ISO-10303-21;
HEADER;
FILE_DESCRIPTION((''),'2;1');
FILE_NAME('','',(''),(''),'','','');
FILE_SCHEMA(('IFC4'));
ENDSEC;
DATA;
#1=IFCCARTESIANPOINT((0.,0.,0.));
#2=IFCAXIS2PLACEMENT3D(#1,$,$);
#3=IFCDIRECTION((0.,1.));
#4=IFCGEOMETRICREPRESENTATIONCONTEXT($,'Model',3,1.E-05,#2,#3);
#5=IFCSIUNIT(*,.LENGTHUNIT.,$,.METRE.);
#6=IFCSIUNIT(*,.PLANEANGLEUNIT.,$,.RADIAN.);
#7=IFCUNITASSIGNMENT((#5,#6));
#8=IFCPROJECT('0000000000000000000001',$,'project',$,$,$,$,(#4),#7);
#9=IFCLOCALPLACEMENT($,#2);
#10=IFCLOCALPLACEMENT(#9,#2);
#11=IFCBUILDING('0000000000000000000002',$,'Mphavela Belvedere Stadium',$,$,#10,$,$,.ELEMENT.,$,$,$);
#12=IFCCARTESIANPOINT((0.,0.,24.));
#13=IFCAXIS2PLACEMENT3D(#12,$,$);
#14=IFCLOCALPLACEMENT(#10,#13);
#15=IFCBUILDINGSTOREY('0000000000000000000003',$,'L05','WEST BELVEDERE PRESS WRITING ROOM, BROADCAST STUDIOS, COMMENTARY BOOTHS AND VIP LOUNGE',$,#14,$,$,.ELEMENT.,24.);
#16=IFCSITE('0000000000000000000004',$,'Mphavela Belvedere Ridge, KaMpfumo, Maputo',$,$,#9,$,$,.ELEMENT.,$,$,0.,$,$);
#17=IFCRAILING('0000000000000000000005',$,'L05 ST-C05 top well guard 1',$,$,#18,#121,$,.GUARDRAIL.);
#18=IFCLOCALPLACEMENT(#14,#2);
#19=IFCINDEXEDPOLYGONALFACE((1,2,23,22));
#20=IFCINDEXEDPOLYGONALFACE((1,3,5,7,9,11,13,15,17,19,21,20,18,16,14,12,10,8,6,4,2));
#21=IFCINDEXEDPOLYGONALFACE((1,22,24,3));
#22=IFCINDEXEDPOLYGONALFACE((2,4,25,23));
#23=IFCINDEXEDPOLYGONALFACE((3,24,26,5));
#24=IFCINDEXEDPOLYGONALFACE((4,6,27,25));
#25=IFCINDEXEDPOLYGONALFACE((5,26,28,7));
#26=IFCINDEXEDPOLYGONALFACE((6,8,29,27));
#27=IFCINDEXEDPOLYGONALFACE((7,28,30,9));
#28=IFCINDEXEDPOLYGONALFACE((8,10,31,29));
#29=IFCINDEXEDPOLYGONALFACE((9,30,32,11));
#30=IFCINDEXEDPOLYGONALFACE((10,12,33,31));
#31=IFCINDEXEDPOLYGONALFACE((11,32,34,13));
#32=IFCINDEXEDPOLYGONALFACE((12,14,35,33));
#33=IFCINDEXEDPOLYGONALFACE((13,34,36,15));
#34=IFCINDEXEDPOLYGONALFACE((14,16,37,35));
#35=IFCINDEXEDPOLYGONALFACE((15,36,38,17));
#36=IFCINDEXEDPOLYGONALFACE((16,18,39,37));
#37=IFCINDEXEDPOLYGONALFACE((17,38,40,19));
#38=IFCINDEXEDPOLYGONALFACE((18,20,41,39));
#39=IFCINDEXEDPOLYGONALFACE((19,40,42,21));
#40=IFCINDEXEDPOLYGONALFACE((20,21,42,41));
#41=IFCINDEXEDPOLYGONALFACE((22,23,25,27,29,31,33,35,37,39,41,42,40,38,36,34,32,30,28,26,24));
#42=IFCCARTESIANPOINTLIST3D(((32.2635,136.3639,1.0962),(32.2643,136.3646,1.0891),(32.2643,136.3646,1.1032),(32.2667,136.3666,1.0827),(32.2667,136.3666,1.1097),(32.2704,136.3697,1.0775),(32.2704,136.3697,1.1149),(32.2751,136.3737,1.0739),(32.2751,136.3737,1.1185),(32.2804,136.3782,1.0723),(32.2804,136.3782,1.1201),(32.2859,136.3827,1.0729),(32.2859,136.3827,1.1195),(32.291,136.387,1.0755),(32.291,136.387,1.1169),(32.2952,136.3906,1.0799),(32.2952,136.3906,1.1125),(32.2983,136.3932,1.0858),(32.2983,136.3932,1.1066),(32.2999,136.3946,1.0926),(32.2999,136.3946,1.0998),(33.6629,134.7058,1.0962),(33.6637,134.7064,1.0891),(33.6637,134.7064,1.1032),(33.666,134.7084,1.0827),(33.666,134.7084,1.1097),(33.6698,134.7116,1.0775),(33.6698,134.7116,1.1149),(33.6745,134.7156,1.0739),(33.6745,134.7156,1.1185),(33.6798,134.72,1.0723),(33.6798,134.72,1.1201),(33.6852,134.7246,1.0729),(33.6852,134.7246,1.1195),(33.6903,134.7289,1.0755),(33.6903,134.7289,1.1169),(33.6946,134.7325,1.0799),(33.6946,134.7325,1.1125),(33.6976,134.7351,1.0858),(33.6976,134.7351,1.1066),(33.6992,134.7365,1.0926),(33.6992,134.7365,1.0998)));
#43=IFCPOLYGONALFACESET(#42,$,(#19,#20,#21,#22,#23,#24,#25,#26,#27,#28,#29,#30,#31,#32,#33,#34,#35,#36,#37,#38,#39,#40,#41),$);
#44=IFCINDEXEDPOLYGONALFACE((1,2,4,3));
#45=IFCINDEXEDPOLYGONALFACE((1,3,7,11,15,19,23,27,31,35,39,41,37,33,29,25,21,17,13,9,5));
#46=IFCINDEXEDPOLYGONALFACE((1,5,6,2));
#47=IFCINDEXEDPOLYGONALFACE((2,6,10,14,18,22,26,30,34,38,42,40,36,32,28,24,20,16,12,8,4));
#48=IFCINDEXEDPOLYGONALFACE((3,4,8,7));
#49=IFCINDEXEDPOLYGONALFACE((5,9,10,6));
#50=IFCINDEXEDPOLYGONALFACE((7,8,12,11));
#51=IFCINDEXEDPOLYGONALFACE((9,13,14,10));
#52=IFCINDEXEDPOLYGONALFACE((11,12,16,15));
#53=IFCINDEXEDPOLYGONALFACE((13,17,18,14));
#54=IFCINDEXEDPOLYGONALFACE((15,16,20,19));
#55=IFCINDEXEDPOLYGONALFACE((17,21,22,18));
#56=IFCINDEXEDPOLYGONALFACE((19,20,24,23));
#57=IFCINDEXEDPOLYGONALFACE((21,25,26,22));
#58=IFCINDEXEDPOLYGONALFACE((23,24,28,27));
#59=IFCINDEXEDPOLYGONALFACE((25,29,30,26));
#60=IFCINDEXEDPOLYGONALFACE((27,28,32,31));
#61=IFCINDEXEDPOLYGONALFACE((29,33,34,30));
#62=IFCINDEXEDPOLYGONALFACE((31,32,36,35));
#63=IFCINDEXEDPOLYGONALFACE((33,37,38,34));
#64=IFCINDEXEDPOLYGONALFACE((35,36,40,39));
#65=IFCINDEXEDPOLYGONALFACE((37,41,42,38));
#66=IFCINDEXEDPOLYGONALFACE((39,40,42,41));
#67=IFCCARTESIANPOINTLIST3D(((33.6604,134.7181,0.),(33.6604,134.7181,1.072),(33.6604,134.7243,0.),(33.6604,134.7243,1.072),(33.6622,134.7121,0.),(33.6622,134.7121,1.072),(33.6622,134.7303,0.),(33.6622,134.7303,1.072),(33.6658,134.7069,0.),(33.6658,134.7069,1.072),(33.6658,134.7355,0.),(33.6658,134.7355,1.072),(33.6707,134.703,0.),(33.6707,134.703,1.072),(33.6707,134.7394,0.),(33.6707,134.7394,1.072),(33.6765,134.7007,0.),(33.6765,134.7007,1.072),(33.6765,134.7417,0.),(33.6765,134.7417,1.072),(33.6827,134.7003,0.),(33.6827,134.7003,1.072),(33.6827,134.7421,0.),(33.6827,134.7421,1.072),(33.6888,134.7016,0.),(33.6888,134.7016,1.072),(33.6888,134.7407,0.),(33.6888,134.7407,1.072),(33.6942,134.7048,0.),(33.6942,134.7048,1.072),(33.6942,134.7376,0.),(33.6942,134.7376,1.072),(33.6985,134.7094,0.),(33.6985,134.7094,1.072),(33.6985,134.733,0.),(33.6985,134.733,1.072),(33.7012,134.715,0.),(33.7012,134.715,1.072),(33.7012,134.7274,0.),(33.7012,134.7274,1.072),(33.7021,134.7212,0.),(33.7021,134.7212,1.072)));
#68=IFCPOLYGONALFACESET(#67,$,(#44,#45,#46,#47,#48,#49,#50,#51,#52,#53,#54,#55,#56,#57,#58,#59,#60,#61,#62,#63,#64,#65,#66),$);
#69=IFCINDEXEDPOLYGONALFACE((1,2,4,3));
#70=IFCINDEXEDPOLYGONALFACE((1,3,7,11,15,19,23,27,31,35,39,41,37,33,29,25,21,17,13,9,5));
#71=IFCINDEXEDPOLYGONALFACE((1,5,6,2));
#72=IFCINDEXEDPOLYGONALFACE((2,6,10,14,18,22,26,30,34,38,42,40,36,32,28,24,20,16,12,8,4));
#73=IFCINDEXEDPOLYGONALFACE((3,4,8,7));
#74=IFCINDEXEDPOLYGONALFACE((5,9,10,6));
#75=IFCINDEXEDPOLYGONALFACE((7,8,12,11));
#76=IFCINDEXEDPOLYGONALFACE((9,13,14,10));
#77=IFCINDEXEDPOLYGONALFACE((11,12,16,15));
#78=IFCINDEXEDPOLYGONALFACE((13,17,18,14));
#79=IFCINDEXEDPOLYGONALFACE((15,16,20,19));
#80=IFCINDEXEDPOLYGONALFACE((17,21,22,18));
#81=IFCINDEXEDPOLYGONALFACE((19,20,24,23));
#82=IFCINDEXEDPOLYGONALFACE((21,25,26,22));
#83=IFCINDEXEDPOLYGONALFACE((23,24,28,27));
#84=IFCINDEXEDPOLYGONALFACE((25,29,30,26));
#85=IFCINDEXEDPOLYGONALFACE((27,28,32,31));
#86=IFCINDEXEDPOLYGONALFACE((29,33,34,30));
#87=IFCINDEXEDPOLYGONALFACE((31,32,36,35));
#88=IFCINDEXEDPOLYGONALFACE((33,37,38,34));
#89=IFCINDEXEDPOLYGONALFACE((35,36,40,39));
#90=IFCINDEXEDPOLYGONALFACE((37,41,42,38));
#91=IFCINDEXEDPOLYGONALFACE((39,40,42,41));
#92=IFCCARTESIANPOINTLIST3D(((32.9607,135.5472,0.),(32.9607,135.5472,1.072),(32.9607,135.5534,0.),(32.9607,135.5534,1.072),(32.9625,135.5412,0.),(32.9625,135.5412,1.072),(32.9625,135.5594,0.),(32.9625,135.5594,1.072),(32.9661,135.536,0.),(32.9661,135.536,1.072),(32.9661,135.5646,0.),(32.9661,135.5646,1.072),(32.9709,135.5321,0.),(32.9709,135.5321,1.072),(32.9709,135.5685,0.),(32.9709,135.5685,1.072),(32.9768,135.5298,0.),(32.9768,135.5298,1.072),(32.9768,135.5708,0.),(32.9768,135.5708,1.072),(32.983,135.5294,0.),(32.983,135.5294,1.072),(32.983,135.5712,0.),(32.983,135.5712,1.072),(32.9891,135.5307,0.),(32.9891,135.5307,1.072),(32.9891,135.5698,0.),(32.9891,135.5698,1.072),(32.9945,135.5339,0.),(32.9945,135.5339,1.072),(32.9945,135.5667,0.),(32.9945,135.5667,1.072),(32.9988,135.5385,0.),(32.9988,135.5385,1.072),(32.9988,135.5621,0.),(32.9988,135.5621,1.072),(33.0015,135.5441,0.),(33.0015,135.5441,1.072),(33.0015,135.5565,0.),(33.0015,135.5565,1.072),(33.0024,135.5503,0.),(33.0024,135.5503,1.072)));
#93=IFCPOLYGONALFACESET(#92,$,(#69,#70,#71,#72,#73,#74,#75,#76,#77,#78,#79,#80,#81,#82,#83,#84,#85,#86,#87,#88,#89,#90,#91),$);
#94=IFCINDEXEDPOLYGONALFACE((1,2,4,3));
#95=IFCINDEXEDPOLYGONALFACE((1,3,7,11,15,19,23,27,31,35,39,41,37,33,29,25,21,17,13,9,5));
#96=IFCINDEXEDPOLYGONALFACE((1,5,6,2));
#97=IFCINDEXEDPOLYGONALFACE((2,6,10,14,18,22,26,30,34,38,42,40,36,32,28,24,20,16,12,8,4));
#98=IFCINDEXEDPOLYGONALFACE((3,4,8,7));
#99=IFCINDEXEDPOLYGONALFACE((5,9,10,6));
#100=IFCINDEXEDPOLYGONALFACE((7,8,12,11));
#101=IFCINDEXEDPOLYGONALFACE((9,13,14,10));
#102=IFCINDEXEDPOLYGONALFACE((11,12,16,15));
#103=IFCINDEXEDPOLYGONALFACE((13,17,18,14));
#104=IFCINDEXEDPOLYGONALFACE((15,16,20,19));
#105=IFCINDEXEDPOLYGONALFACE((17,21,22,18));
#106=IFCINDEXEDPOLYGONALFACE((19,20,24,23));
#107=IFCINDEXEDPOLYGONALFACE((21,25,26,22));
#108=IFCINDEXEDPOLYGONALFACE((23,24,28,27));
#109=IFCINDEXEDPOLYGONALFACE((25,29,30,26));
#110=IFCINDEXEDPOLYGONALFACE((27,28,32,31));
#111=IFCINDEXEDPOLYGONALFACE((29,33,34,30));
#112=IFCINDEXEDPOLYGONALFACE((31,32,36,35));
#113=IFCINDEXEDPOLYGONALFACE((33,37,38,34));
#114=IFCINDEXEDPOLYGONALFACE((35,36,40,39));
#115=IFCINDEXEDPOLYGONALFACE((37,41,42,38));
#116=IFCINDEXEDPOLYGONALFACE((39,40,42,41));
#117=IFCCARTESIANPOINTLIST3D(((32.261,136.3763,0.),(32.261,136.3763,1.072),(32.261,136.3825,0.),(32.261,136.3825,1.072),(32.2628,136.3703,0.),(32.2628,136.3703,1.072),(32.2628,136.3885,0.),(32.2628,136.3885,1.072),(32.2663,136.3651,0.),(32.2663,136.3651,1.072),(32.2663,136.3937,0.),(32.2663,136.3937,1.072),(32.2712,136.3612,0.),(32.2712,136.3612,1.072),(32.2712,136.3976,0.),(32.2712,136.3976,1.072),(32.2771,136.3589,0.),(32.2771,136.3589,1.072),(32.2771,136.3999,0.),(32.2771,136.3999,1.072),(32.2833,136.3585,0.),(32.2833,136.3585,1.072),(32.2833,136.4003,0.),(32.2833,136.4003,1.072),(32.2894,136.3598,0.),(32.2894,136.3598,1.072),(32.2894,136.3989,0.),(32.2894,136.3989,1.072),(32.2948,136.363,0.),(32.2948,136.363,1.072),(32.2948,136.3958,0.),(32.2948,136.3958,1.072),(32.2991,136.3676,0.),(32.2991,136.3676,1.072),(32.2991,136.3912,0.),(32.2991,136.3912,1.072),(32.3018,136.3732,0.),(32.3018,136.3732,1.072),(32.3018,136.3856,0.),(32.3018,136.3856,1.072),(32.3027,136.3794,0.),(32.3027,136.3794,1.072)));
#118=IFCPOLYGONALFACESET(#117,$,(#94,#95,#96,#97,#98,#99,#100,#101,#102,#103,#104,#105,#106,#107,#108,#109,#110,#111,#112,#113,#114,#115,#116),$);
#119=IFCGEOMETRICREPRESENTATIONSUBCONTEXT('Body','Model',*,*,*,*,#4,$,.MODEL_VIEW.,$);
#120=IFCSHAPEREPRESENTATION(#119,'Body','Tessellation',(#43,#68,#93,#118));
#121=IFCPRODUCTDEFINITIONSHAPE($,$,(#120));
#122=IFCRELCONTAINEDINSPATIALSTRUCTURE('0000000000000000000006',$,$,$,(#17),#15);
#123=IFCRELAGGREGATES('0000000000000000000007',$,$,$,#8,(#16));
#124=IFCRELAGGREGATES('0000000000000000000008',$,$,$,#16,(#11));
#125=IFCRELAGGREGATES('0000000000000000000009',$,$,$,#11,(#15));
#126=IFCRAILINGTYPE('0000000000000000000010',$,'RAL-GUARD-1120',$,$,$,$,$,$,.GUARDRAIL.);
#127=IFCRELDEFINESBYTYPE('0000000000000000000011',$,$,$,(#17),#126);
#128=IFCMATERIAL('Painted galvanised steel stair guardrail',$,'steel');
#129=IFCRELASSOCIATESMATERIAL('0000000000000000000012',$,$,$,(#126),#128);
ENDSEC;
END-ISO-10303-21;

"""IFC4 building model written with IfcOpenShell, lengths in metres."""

from ifc_helpers import new_model, si_unit, direction, frame, origin, origin_2d, place, context, subcontext, project, spatial, circle, extrude, material, type_object, element, save


model = new_model("IFC4")

# Units and contexts
model_context = context("Model", 3, precision=1e-05, world=origin(), true_north=direction((0.0, 1.0)))
body_context = subcontext(model_context, "Body", "Model", "MODEL_VIEW")
ifc_project = project(units=[si_unit("LENGTHUNIT", "METRE"), si_unit("PLANEANGLEUNIT", "RADIAN")], contexts=[model_context])

# Site, building, storey
site_placement = place(None, origin())
site = spatial("IfcSite", under=ifc_project, at=site_placement, Name="Mphavela Belvedere Ridge, KaMpfumo, Maputo", CompositionType="ELEMENT", RefElevation=0.0)
building_placement = place(site_placement, origin())
building = spatial("IfcBuilding", under=site, at=building_placement, Name="Mphavela Belvedere Stadium", CompositionType="ELEMENT")
storey_placement = place(building_placement, frame((0.0, 0.0, 24.0)))
storey = spatial("IfcBuildingStorey", under=building, at=storey_placement, Name="L05", Description="WEST BELVEDERE PRESS WRITING ROOM, BROADCAST STUDIOS, COMMENTARY BOOTHS AND VIP LOUNGE", CompositionType="ELEMENT", Elevation=24.0)

# Railing
ifc_material_1 = material(Name="Painted galvanised steel stair guardrail", Category="steel")
railing_type = type_object("IfcRailingType", Name="RAL-GUARD-1120", PredefinedType="GUARDRAIL", material=ifc_material_1)
railing_placement = place(storey_placement, frame((33.6812, 134.7212, 0.0)))
element("IfcRailing", 1, at=railing_placement, inside=storey, type_object=railing_type, Name="L05 ST-C05 top well guard 1", PredefinedType="GUARDRAIL", context=body_context, shape_type="SweptSolid", body=[
    extrude(circle(Radius=0.0239, at=origin_2d()), frame((0.0, 0.0, 1.0962), z_axis=(-0.644953, 0.764222, 0.0), x_axis=(-0.764222, -0.644953, 0.0)), (0.0, 0.0, 1.0), 2.1697),
    extrude(circle(Radius=0.021, at=origin_2d()), origin(), (0.0, 0.0, 1.0), 1.072),
    extrude(circle(Radius=0.021, at=origin_2d()), frame((-0.6997, 0.8291, 0.0)), (0.0, 0.0, 1.0), 1.072),
    extrude(circle(Radius=0.021, at=origin_2d()), frame((-1.3994, 1.6582, 0.0)), (0.0, 0.0, 1.0), 1.072),
])

save(model, "model.ifc")
